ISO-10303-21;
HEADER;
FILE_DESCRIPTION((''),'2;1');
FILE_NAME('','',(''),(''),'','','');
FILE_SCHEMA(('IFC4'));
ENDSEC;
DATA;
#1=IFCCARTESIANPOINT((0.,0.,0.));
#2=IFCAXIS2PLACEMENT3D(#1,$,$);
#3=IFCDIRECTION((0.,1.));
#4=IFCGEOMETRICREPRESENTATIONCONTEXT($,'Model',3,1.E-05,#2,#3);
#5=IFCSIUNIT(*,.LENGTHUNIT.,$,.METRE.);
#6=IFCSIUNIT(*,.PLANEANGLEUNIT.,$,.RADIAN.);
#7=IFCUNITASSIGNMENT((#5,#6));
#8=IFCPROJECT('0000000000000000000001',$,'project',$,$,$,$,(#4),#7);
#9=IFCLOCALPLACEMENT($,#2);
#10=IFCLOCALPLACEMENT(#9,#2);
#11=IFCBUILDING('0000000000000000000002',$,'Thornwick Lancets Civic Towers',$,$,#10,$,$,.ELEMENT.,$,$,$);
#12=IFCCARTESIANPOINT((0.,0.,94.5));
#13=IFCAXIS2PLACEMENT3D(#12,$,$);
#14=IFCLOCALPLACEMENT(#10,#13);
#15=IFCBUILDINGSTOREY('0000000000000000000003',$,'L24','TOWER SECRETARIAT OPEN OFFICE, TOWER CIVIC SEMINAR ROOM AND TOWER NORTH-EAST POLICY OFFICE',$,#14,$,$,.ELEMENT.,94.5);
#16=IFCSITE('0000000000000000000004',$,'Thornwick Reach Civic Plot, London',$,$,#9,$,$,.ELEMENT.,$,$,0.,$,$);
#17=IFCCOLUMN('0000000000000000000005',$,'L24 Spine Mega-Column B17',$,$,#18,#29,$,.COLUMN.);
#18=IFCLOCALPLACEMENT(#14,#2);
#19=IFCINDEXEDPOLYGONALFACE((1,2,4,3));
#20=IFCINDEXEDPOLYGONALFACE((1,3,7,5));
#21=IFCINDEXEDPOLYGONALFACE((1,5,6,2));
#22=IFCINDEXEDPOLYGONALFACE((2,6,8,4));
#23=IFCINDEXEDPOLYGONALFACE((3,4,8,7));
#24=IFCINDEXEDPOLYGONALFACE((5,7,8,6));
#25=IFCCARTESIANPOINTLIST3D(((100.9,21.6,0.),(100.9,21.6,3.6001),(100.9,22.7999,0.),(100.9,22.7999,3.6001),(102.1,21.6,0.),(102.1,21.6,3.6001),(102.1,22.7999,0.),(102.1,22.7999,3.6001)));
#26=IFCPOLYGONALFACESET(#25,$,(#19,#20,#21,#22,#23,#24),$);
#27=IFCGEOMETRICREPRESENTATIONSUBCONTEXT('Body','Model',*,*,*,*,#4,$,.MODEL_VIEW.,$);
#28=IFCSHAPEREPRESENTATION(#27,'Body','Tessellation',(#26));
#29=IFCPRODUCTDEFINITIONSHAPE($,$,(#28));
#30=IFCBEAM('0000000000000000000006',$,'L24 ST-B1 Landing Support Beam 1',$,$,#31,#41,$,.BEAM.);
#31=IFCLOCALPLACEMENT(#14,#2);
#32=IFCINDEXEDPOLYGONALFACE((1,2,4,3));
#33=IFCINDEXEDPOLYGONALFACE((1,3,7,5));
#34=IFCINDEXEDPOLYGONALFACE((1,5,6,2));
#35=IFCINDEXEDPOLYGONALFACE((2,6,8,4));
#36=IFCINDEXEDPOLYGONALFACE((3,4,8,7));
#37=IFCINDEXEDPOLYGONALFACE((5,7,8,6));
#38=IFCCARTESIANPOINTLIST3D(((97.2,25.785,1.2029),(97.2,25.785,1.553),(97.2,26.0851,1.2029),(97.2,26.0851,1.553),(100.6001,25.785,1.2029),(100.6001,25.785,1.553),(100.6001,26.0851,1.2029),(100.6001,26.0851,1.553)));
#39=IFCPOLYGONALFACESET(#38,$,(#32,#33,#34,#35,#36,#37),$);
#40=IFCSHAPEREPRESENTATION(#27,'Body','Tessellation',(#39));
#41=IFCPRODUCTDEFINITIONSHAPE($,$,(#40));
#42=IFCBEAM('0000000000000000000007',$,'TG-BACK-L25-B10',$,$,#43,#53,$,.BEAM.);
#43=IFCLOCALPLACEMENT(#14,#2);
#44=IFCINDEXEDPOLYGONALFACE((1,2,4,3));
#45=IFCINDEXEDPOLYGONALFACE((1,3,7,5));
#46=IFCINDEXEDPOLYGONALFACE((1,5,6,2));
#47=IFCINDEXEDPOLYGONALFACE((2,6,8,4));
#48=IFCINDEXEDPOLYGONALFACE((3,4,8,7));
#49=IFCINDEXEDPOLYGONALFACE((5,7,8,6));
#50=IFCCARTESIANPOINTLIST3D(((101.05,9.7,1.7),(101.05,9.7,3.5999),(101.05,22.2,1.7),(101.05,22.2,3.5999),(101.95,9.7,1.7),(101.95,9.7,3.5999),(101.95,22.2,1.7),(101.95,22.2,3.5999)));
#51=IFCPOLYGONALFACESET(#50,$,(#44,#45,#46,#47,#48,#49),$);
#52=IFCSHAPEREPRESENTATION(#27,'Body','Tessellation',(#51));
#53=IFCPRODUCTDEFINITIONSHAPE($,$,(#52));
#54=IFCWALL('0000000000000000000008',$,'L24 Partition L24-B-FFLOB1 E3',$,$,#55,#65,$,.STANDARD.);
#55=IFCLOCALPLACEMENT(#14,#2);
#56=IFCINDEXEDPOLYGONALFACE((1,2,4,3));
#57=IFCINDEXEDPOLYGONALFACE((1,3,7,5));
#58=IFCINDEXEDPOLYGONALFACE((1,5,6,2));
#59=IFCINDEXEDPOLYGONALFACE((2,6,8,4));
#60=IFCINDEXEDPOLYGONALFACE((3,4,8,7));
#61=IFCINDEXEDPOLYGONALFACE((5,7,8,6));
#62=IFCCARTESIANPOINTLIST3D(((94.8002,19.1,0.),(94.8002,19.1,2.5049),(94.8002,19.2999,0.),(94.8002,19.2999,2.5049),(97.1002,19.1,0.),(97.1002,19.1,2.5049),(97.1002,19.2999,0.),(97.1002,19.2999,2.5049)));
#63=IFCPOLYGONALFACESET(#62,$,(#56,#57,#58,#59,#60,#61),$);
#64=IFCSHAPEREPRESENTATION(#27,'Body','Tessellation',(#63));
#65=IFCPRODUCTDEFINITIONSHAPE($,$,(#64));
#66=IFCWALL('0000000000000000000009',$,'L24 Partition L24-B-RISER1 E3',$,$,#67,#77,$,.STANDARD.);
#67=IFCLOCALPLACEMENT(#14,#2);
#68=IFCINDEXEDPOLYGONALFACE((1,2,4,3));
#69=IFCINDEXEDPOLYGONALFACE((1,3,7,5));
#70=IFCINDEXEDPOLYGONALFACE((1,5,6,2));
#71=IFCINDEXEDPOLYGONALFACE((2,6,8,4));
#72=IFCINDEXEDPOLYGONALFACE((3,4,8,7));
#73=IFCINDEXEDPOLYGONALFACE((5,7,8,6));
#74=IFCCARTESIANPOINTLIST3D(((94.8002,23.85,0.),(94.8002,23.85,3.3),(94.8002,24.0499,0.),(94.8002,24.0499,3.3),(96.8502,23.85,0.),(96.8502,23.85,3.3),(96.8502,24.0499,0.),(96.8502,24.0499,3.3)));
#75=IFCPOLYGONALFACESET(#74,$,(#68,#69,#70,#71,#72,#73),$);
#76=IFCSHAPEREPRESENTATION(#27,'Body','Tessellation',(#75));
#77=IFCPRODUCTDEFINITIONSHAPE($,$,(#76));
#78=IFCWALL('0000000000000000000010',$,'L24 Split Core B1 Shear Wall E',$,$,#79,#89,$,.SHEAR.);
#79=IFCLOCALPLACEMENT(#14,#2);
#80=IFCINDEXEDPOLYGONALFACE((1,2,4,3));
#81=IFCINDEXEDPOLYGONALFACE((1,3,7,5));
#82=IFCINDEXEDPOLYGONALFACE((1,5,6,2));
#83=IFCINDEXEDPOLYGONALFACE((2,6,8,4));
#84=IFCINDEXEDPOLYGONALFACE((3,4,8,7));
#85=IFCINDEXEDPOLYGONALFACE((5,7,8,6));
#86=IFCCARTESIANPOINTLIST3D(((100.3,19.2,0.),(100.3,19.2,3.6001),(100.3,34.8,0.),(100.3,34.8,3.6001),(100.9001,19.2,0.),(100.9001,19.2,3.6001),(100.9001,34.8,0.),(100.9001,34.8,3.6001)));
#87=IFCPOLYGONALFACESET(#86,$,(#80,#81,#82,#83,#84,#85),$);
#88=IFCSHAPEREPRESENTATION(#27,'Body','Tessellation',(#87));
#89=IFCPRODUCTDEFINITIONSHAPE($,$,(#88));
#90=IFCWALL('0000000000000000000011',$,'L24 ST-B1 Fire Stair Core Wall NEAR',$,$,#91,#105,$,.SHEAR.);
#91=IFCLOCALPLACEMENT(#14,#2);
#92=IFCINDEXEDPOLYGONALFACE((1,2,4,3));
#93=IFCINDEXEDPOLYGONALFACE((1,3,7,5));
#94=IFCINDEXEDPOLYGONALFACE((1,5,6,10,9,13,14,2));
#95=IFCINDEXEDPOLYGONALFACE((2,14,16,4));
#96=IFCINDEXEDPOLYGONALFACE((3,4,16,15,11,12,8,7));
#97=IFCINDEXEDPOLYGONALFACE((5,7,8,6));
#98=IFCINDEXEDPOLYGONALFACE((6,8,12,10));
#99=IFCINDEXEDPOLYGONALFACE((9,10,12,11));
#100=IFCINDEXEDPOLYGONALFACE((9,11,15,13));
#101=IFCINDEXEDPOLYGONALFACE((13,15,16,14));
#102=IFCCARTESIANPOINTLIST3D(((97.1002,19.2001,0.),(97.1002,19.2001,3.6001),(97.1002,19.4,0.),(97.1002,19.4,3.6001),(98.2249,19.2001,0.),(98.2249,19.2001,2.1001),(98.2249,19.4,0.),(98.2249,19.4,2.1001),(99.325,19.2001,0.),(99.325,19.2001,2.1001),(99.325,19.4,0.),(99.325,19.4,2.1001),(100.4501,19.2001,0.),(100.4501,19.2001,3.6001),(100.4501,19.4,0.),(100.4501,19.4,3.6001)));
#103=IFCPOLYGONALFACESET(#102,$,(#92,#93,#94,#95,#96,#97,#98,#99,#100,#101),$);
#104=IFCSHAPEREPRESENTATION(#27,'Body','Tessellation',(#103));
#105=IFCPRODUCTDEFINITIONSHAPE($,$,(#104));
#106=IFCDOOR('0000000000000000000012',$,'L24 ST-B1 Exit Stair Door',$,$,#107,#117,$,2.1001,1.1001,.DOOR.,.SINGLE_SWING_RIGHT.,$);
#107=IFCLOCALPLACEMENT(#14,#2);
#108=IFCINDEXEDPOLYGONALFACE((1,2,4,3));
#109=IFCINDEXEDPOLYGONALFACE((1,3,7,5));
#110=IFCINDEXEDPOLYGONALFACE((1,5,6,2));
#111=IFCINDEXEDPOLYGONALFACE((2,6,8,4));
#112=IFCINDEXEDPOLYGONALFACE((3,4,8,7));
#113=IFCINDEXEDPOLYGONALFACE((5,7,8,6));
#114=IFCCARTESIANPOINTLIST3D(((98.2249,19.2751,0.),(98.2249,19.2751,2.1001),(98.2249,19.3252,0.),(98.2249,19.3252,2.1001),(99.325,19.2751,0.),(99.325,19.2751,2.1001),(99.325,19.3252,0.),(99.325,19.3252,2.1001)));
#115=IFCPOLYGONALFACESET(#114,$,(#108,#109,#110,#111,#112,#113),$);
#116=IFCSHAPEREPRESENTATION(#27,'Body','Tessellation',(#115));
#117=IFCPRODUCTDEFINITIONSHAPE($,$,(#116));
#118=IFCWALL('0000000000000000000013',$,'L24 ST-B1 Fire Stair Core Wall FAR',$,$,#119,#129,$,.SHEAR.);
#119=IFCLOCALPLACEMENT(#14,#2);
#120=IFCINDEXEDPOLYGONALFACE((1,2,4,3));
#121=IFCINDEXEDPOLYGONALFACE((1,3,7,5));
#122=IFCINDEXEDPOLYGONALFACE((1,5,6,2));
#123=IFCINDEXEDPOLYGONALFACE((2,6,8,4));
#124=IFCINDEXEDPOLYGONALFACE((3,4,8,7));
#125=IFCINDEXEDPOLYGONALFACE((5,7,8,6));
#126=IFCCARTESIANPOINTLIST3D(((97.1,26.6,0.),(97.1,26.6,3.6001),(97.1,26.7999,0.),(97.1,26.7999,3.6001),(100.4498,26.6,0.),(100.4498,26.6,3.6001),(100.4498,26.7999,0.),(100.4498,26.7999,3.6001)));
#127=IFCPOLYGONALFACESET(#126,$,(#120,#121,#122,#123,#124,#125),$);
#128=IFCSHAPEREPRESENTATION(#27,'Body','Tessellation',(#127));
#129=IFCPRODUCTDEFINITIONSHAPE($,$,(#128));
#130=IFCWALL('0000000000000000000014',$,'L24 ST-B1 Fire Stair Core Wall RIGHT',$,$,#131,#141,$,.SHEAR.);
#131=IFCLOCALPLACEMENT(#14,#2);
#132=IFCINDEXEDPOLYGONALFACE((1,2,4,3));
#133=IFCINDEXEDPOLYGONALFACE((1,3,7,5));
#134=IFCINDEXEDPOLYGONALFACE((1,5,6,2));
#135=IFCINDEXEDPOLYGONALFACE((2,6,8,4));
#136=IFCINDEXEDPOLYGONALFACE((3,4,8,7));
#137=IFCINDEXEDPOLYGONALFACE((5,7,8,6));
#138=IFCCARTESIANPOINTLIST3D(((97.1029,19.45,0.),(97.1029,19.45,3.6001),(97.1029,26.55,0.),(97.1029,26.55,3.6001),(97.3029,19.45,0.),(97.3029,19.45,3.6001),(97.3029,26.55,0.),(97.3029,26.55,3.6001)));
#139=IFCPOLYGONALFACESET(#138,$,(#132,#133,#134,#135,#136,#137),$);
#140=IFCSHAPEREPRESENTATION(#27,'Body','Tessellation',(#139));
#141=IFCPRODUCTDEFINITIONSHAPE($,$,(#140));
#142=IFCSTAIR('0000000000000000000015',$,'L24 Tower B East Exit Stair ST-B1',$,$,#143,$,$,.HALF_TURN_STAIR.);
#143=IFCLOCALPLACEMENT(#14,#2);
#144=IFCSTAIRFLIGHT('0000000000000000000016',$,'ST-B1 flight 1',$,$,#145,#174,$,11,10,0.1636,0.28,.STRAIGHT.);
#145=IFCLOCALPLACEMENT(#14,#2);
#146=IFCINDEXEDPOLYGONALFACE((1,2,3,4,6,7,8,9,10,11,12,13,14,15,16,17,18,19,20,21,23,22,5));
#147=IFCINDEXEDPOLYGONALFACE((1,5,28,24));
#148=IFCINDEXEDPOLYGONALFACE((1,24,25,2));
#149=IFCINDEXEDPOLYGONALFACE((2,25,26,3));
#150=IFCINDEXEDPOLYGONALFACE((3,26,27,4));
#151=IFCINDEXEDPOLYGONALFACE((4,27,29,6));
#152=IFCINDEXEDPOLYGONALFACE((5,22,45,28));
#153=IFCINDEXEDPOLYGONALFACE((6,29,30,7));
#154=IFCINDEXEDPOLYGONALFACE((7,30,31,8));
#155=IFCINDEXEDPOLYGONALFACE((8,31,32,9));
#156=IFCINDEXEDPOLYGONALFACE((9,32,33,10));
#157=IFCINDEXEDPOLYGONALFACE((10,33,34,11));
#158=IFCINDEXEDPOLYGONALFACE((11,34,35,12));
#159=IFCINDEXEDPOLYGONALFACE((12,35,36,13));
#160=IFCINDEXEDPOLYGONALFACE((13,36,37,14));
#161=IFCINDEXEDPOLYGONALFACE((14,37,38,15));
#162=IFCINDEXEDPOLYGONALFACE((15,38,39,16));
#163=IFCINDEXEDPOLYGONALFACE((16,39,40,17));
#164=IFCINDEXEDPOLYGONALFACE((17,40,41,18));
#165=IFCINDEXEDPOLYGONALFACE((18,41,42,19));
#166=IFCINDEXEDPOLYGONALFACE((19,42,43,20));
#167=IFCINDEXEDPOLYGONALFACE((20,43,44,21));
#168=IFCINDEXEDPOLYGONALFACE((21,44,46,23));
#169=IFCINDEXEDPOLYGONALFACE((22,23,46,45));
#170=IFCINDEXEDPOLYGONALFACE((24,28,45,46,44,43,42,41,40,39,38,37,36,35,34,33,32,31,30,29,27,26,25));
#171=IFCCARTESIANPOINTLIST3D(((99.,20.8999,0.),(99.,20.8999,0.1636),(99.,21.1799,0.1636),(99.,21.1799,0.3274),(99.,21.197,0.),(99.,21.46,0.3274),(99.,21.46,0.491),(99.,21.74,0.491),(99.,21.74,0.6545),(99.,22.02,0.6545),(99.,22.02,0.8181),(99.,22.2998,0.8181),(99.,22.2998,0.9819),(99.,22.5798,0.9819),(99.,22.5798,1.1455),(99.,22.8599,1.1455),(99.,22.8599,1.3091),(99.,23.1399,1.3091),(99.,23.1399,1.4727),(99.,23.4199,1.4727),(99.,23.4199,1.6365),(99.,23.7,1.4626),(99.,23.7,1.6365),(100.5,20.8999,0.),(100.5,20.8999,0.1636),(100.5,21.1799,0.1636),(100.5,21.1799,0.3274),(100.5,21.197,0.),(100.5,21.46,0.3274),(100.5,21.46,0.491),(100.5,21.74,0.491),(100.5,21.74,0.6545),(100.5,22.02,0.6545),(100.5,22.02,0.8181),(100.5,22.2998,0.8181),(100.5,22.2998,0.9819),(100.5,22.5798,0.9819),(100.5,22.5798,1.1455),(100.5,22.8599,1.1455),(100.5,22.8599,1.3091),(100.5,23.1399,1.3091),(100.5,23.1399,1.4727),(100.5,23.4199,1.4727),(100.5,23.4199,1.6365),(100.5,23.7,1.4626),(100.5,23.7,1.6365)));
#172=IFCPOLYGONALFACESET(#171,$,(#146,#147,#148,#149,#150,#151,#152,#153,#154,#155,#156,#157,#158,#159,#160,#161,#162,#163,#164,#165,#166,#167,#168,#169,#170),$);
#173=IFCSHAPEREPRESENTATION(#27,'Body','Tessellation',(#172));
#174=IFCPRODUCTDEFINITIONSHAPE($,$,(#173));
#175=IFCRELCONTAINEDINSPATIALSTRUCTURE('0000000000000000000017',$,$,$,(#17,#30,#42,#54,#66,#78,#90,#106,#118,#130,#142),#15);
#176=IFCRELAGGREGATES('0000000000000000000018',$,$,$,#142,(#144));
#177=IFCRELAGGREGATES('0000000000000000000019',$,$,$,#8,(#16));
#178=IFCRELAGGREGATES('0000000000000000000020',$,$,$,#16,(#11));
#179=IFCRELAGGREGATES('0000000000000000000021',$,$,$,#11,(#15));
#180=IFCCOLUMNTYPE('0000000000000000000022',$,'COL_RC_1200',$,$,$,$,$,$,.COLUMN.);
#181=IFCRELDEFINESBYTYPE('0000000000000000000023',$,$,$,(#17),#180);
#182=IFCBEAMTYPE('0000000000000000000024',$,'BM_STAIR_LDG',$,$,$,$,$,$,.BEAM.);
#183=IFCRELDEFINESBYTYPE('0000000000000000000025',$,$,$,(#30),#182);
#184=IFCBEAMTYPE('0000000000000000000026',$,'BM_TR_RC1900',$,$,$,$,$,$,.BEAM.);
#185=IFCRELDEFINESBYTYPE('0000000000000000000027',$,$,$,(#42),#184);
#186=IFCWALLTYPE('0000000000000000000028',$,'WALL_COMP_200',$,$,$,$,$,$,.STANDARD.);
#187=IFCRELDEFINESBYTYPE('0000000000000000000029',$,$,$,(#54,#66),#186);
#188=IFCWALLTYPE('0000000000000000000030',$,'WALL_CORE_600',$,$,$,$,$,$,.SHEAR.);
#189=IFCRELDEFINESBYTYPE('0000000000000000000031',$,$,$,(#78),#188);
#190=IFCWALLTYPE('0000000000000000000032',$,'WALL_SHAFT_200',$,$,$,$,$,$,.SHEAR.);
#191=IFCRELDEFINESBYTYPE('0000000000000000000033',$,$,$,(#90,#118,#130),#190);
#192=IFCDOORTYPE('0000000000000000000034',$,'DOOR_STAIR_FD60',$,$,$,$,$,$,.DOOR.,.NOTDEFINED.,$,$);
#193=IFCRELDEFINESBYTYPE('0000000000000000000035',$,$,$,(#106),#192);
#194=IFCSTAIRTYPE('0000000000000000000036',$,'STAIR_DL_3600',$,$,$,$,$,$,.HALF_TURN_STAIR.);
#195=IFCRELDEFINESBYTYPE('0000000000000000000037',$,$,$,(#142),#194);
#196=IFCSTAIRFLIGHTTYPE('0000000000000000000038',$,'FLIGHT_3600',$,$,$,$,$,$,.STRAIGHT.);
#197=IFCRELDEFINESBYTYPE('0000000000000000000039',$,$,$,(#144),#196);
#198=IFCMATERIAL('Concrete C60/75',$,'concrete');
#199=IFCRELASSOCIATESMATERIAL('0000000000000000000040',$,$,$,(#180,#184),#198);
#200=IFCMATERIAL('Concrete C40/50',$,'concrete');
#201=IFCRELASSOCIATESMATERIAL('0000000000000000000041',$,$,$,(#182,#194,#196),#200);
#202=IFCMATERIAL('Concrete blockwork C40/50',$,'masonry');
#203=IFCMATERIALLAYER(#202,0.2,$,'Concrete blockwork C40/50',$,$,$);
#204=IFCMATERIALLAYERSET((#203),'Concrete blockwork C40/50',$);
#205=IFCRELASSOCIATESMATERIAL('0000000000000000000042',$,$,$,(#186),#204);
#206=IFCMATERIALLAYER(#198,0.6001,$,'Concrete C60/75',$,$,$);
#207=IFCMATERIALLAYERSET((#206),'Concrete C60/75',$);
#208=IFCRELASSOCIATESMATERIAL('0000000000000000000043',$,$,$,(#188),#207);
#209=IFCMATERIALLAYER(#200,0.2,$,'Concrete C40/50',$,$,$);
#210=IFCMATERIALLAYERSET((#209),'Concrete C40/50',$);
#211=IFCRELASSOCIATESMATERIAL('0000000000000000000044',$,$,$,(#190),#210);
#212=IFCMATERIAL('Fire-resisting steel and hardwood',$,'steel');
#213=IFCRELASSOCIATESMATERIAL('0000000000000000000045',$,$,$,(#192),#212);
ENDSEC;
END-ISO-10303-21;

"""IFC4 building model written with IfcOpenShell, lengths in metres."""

from ifc_helpers import new_model, si_unit, direction, frame, frame_2d, origin, origin_2d, place, context, subcontext, project, spatial, polyline, rectangle, outline, extrude, material, layer, layer_set, material_profile, profile_set, type_object, element, fill, aggregate, save


model = new_model("IFC4")

# Units and contexts
model_context = context("Model", 3, precision=1e-05, world=origin(), true_north=direction((0.0, 1.0)))
body_context = subcontext(model_context, "Body", "Model", "MODEL_VIEW")
ifc_project = project(units=[si_unit("LENGTHUNIT", "METRE"), si_unit("PLANEANGLEUNIT", "RADIAN")], contexts=[model_context])

# Site, building, storey
site_placement = place(None, origin())
site = spatial("IfcSite", under=ifc_project, at=site_placement, Name="Thornwick Reach Civic Plot, London", CompositionType="ELEMENT", RefElevation=0.0)
building_placement = place(site_placement, origin())
building = spatial("IfcBuilding", under=site, at=building_placement, Name="Thornwick Lancets Civic Towers", CompositionType="ELEMENT")
storey_placement = place(building_placement, frame((0.0, 0.0, 94.5)))
storey = spatial("IfcBuildingStorey", under=building, at=storey_placement, Name="L24", Description="TOWER SECRETARIAT OPEN OFFICE, TOWER CIVIC SEMINAR ROOM AND TOWER NORTH-EAST POLICY OFFICE", CompositionType="ELEMENT", Elevation=94.5)

# Column
ifc_material_1 = material(Name="Concrete C60/75", Category="concrete")
ifc_material_profile_1 = material_profile(ifc_material_1, rectangle(XDim=1.2, YDim=1.2, at=origin_2d()), Name="RC 1200x1200")
ifc_profile_set_1 = profile_set([ifc_material_profile_1], Name="Concrete C60/75")
column_type = type_object("IfcColumnType", Name="COL_RC_1200", PredefinedType="COLUMN", material=ifc_profile_set_1)
column_placement = place(storey_placement, frame((101.5, 22.2, 0.0), z_axis=(0.0, 0.0, 1.0), x_axis=(1.0, 0.0, 0.0)))
element("IfcColumn", 1, at=column_placement, inside=storey, type_object=column_type, Name="L24 Spine Mega-Column B17", PredefinedType="COLUMN", context=body_context, shape_type="SweptSolid", body=[
    extrude(rectangle(XDim=1.2, YDim=1.2, at=origin_2d()), origin(), (0.0, 0.0, 1.0), 3.6001),
])

# Beams
ifc_material_2 = material(Name="Concrete C40/50", Category="concrete")
ifc_material_profile_2 = material_profile(ifc_material_2, rectangle(XDim=0.3, YDim=0.3501, at=origin_2d()), Name="RC 300x350")
ifc_profile_set_2 = profile_set([ifc_material_profile_2], Name="Concrete C40/50")
beam_type_1 = type_object("IfcBeamType", Name="BM_STAIR_LDG", PredefinedType="BEAM", material=ifc_profile_set_2)
beam_1_placement = place(storey_placement, frame((100.6001, 25.9351, 1.3779), z_axis=(-1.0, 0.0, 0.0), x_axis=(0.0, -1.0, 0.0)))
element("IfcBeam", 2, at=beam_1_placement, inside=storey, type_object=beam_type_1, Name="L24 ST-B1 Landing Support Beam 1", PredefinedType="BEAM", context=body_context, shape_type="SweptSolid", body=[
    extrude(rectangle(XDim=0.3, YDim=0.3501, at=origin_2d()), origin(), (0.0, 0.0, 1.0), 3.4001),
])
ifc_material_profile_3 = material_profile(ifc_material_1, rectangle(XDim=0.8999, YDim=1.8999, at=origin_2d()), Name="RC 900x1900")
ifc_profile_set_3 = profile_set([ifc_material_profile_3], Name="Concrete C60/75")
beam_type_2 = type_object("IfcBeamType", Name="BM_TR_RC1900", PredefinedType="BEAM", material=ifc_profile_set_3)
beam_2_placement = place(storey_placement, frame((101.5, 22.2, 2.6499), z_axis=(0.0, -1.0, 0.0), x_axis=(1.0, 0.0, 0.0)))
element("IfcBeam", 3, at=beam_2_placement, inside=storey, type_object=beam_type_2, Name="TG-BACK-L25-B10", PredefinedType="BEAM", context=body_context, shape_type="SweptSolid", body=[
    extrude(rectangle(XDim=0.8999, YDim=1.8999, at=origin_2d()), origin(), (0.0, 0.0, 1.0), 12.5),
])

# Walls
ifc_material_3 = material(Name="Concrete blockwork C40/50", Category="masonry")
ifc_layer_1 = layer(ifc_material_3, 0.2, Name="Concrete blockwork C40/50")
ifc_layer_set_1 = layer_set([ifc_layer_1], Name="Concrete blockwork C40/50")
wall_type_1 = type_object("IfcWallType", Name="WALL_COMP_200", PredefinedType="STANDARD", material=ifc_layer_set_1)
wall_1_placement = place(storey_placement, frame((97.1001, 19.2, 0.0), z_axis=(0.0, 0.0, 1.0), x_axis=(-1.0, 0.0, 0.0)))
element("IfcWall", 4, at=wall_1_placement, inside=storey, type_object=wall_type_1, Name="L24 Partition L24-B-FFLOB1 E3", PredefinedType="STANDARD", context=body_context, shape_type="SweptSolid", body=[
    extrude(rectangle(XDim=2.3, YDim=0.2, at=frame_2d((1.1499, 0.0))), origin(), (0.0, 0.0, 1.0), 2.5049),
])
wall_2_placement = place(storey_placement, frame((96.8501, 23.95, 0.0), z_axis=(0.0, 0.0, 1.0), x_axis=(-1.0, 0.0, 0.0)))
element("IfcWall", 5, at=wall_2_placement, inside=storey, type_object=wall_type_1, Name="L24 Partition L24-B-RISER1 E3", PredefinedType="STANDARD", context=body_context, shape_type="SweptSolid", body=[
    extrude(rectangle(XDim=2.05, YDim=0.2, at=frame_2d((1.0249, 0.0))), origin(), (0.0, 0.0, 1.0), 3.3),
])
ifc_layer_2 = layer(ifc_material_1, 0.6001, Name="Concrete C60/75")
ifc_layer_set_2 = layer_set([ifc_layer_2], Name="Concrete C60/75")
wall_type_2 = type_object("IfcWallType", Name="WALL_CORE_600", PredefinedType="SHEAR", material=ifc_layer_set_2)
wall_3_placement = place(storey_placement, frame((100.6001, 19.2, 0.0), z_axis=(0.0, 0.0, 1.0), x_axis=(0.0, 1.0, 0.0)))
element("IfcWall", 6, at=wall_3_placement, inside=storey, type_object=wall_type_2, Name="L24 Split Core B1 Shear Wall E", PredefinedType="SHEAR", context=body_context, shape_type="SweptSolid", body=[
    extrude(rectangle(XDim=15.6001, YDim=0.6001, at=frame_2d((7.8, 0.0))), origin(), (0.0, 0.0, 1.0), 3.6001),
])

# Wall, opening, door
ifc_layer_3 = layer(ifc_material_2, 0.2, Name="Concrete C40/50")
ifc_layer_set_3 = layer_set([ifc_layer_3], Name="Concrete C40/50")
wall_type_3 = type_object("IfcWallType", Name="WALL_SHAFT_200", PredefinedType="SHEAR", material=ifc_layer_set_3)
wall_4_placement = place(storey_placement, frame((100.45, 19.3, 0.0), z_axis=(0.0, 0.0, 1.0), x_axis=(-1.0, 0.0, 0.0)))
wall_4 = element("IfcWall", 7, at=wall_4_placement, inside=storey, type_object=wall_type_3, Name="L24 ST-B1 Fire Stair Core Wall NEAR", PredefinedType="SHEAR", context=body_context, shape_type="SweptSolid", body=[
    extrude(rectangle(XDim=3.3499, YDim=0.2, at=frame_2d((1.6748, 0.0))), origin(), (0.0, 0.0, 1.0), 3.6001),
])
opening_placement = place(wall_4_placement, frame((1.125, 0.0, 0.0)))
opening = element("IfcOpeningElement", 8, at=opening_placement, cuts=wall_4, PredefinedType="OPENING", context=body_context, shape_type="SweptSolid", body=[
    extrude(rectangle(XDim=1.1001, YDim=2.1001, at=frame_2d((0.55, 1.05))), frame((0.0, 0.1099, 0.0), z_axis=(0.0, -1.0, 0.0), x_axis=(1.0, 0.0, 0.0)), (0.0, 0.0, 1.0), 0.22),
])
ifc_material_4 = material(Name="Fire-resisting steel and hardwood", Category="steel")
door_type = type_object("IfcDoorType", Name="DOOR_STAIR_FD60", OperationType="NOTDEFINED", PredefinedType="DOOR", material=ifc_material_4)
door_placement = place(opening_placement, origin())
door = element("IfcDoor", 9, at=door_placement, inside=storey, type_object=door_type, Name="L24 ST-B1 Exit Stair Door", OperationType="SINGLE_SWING_RIGHT", OverallHeight=2.1001, OverallWidth=1.1001, PredefinedType="DOOR", context=body_context, shape_type="SweptSolid", body=[
    extrude(rectangle(XDim=1.1001, YDim=2.1001, at=frame_2d((0.55, 1.05))), frame((0.0, 0.0249, 0.0), z_axis=(0.0, -1.0, 0.0), x_axis=(1.0, 0.0, 0.0)), (0.0, 0.0, 1.0), 0.05),
])
fill(opening, door)

# Walls
wall_5_placement = place(storey_placement, frame((97.1001, 26.7, 0.0), z_axis=(0.0, 0.0, 1.0), x_axis=(1.0, 0.0, 0.0)))
element("IfcWall", 10, at=wall_5_placement, inside=storey, type_object=wall_type_3, Name="L24 ST-B1 Fire Stair Core Wall FAR", PredefinedType="SHEAR", context=body_context, shape_type="SweptSolid", body=[
    extrude(rectangle(XDim=3.3499, YDim=0.2, at=frame_2d((1.6748, 0.0))), origin(), (0.0, 0.0, 1.0), 3.6001),
])
wall_6_placement = place(storey_placement, frame((97.2029, 26.55, 0.0), z_axis=(0.0, 0.0, 1.0), x_axis=(0.0, -1.0, 0.0)))
element("IfcWall", 11, at=wall_6_placement, inside=storey, type_object=wall_type_3, Name="L24 ST-B1 Fire Stair Core Wall RIGHT", PredefinedType="SHEAR", context=body_context, shape_type="SweptSolid", body=[
    extrude(rectangle(XDim=7.1001, YDim=0.2, at=frame_2d((3.55, 0.0))), origin(), (0.0, 0.0, 1.0), 3.6001),
])

# Stair, stair flight
stair_type = type_object("IfcStairType", Name="STAIR_DL_3600", PredefinedType="HALF_TURN_STAIR", material=ifc_material_2)
stair_placement = place(storey_placement, origin())
stair = element("IfcStair", 12, at=stair_placement, inside=storey, type_object=stair_type, Name="L24 Tower B East Exit Stair ST-B1", PredefinedType="HALF_TURN_STAIR")
stair_flight_type = type_object("IfcStairFlightType", Name="FLIGHT_3600", PredefinedType="STRAIGHT", material=ifc_material_2)
stair_flight_1_placement = place(storey_placement, frame((99.75, 20.8999, 0.0), z_axis=(0.0, 0.0, 1.0), x_axis=(0.0, 1.0, 0.0)))
stair_flight_1 = element("IfcStairFlight", 13, at=stair_flight_1_placement, type_object=stair_flight_type, Name="ST-B1 flight 1", NumberOfRisers=11, NumberOfTreads=10, PredefinedType="STRAIGHT", RiserHeight=0.1636, TreadLength=0.28, context=body_context, shape_type="SweptSolid", body=[
    extrude(outline(polyline([(0.0, 0.0), (0.0, 0.1636), (0.28, 0.1636), (0.28, 0.3274), (0.5601, 0.3274), (0.5601, 0.491), (0.8401, 0.491), (0.8401, 0.6545), (1.1201, 0.6545), (1.1201, 0.8181), (1.3999, 0.8181), (1.3999, 0.9819), (1.6799, 0.9819), (1.6799, 1.1455), (1.96, 1.1455), (1.96, 1.3091), (2.24, 1.3091), (2.24, 1.4727), (2.52, 1.4727), (2.52, 1.6365), (2.8, 1.6365), (2.8, 1.8), (2.8, 1.4626), (0.2971, 0.0), (0.0, 0.0)])), frame((0.0, 0.75, 0.0), z_axis=(0.0, -1.0, 0.0), x_axis=(1.0, 0.0, 0.0)), (0.0, 0.0, 1.0), 1.5),
])
aggregate(stair, [stair_flight_1])

save(model, "model.ifc")
